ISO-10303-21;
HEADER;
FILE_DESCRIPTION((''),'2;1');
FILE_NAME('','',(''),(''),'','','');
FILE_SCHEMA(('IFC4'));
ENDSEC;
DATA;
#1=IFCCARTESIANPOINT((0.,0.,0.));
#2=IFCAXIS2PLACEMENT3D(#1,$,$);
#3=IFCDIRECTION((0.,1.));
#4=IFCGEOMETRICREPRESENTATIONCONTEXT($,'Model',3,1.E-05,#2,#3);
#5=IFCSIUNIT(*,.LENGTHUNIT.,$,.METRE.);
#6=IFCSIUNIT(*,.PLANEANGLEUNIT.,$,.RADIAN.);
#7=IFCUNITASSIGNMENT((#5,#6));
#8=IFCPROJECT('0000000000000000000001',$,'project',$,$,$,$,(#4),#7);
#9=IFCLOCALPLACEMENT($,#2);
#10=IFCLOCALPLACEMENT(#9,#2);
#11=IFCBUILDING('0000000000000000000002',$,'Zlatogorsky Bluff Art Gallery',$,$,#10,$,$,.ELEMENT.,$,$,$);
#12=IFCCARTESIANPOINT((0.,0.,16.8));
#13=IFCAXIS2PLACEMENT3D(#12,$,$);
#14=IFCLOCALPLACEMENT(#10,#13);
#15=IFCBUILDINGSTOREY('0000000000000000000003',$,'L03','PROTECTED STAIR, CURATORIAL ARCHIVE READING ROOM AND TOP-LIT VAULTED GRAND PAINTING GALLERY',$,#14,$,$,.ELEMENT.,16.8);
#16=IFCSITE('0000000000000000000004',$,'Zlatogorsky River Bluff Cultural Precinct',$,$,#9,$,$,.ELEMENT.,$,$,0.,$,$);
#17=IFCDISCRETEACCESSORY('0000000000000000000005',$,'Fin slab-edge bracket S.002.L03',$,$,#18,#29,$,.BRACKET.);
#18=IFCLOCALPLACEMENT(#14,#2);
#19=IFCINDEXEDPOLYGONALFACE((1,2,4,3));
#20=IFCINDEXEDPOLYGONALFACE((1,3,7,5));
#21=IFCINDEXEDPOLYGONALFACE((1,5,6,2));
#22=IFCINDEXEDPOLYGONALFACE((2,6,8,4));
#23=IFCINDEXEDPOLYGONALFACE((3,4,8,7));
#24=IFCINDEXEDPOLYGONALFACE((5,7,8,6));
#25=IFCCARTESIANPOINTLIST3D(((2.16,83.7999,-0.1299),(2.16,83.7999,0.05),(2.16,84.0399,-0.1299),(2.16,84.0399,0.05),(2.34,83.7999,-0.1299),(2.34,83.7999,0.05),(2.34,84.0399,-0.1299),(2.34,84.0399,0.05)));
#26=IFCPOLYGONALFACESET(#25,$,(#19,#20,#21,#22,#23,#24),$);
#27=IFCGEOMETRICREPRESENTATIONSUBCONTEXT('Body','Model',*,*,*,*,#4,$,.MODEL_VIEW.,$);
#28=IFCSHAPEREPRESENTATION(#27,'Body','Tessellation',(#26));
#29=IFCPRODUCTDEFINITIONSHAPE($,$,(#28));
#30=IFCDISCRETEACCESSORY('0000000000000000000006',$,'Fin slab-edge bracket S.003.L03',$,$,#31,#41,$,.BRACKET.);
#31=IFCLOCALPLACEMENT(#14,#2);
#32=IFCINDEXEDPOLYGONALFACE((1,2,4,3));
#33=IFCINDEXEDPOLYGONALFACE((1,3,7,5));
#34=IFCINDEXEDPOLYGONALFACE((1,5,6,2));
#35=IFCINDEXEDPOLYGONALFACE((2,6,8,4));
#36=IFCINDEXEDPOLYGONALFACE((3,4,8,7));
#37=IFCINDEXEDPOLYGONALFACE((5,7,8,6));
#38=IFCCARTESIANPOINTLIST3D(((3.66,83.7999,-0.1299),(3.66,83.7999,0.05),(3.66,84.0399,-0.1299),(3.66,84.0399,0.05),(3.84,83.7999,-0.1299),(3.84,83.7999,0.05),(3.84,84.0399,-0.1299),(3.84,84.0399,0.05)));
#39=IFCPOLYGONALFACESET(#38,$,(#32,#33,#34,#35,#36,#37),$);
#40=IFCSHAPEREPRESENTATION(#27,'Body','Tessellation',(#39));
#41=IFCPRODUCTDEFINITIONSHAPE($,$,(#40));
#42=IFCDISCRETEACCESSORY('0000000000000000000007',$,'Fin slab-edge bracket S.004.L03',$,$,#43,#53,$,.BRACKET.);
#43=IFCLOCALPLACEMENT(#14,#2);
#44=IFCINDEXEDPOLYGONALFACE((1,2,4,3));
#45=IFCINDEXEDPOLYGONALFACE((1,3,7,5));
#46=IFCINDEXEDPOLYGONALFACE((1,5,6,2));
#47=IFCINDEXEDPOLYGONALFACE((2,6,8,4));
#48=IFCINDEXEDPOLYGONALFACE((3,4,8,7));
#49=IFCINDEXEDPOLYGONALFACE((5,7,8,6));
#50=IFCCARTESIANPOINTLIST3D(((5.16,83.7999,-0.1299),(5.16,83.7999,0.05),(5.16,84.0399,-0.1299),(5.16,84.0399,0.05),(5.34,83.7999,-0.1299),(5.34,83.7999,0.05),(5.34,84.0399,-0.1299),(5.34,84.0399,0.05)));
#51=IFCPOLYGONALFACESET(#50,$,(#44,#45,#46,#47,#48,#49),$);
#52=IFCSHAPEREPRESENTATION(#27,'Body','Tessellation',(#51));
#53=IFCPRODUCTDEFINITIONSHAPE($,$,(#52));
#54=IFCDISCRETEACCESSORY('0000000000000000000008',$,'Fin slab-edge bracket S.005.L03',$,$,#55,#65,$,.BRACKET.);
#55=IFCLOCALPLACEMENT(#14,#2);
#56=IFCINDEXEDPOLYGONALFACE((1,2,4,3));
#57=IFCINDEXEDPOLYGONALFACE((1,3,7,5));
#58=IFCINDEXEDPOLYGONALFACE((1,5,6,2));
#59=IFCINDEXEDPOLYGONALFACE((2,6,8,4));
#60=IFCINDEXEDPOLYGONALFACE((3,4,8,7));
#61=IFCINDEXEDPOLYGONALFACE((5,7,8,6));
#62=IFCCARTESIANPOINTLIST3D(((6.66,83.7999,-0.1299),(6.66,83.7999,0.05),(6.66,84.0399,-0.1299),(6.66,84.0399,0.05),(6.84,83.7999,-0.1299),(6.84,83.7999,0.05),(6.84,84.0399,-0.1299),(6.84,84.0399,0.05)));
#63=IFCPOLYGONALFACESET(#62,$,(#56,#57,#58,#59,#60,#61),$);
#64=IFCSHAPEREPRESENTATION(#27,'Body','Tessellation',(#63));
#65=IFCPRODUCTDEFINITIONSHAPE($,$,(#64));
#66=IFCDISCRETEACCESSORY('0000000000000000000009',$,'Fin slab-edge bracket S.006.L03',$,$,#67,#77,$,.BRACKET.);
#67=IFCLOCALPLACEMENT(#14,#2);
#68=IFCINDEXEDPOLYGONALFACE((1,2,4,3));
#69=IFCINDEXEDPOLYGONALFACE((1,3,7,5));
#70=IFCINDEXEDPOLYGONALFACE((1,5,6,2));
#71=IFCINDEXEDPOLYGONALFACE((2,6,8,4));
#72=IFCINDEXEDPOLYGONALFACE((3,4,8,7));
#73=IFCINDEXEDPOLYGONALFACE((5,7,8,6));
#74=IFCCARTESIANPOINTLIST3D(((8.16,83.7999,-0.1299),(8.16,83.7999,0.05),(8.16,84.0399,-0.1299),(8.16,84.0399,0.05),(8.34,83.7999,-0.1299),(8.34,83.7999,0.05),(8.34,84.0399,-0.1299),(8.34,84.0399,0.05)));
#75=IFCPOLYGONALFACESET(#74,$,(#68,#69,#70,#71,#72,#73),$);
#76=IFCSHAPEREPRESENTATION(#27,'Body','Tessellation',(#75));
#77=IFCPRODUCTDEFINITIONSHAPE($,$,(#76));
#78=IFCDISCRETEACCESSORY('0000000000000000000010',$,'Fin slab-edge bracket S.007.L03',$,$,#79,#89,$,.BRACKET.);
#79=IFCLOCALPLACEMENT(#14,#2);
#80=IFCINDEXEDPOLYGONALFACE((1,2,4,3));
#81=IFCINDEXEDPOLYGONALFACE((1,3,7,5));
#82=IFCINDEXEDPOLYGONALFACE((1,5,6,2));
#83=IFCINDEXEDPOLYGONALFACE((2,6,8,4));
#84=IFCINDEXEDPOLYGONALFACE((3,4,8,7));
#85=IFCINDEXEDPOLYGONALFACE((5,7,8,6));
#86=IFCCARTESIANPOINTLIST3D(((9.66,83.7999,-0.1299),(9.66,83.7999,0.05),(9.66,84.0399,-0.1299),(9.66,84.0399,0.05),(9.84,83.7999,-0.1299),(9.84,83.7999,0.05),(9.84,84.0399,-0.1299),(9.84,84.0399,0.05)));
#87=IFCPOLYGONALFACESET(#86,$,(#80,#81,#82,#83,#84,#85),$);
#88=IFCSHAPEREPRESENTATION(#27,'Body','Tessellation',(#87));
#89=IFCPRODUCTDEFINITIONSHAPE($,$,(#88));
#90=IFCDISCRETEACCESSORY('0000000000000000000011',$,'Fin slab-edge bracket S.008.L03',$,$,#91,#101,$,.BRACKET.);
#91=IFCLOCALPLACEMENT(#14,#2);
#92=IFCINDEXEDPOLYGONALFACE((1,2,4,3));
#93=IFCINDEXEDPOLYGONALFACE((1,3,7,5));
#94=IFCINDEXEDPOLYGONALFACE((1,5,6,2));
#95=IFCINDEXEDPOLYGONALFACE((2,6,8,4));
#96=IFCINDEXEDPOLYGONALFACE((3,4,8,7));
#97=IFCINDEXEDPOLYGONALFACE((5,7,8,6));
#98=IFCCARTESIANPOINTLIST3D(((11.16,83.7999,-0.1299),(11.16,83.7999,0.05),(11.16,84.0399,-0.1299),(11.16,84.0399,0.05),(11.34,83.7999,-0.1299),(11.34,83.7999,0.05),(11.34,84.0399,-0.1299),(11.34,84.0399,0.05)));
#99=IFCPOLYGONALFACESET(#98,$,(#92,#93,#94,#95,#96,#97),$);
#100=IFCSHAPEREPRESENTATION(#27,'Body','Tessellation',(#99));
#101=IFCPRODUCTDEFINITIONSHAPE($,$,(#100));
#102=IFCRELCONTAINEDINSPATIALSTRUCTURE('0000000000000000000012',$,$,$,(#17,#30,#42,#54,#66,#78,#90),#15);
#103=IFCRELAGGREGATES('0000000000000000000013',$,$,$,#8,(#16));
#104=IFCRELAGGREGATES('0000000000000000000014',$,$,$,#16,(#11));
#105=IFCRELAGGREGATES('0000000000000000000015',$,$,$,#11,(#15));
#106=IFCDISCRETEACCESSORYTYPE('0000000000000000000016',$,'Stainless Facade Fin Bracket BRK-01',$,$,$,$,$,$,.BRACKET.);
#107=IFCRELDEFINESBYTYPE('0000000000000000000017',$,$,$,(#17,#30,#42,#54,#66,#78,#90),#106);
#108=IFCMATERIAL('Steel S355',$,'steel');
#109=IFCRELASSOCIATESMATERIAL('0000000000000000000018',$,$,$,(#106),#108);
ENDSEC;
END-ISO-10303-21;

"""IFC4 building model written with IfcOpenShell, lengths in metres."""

from ifc_helpers import new_model, si_unit, direction, frame, origin, origin_2d, place, context, subcontext, project, spatial, rectangle, extrude, material, type_object, element, save


model = new_model("IFC4")

# Units and contexts
model_context = context("Model", 3, precision=1e-05, world=origin(), true_north=direction((0.0, 1.0)))
body_context = subcontext(model_context, "Body", "Model", "MODEL_VIEW")
ifc_project = project(units=[si_unit("LENGTHUNIT", "METRE"), si_unit("PLANEANGLEUNIT", "RADIAN")], contexts=[model_context])

# Site, building, storey
site_placement = place(None, origin())
site = spatial("IfcSite", under=ifc_project, at=site_placement, Name="Zlatogorsky River Bluff Cultural Precinct", CompositionType="ELEMENT", RefElevation=0.0)
building_placement = place(site_placement, origin())
building = spatial("IfcBuilding", under=site, at=building_placement, Name="Zlatogorsky Bluff Art Gallery", CompositionType="ELEMENT")
storey_placement = place(building_placement, frame((0.0, 0.0, 16.8)))
storey = spatial("IfcBuildingStorey", under=building, at=storey_placement, Name="L03", Description="PROTECTED STAIR, CURATORIAL ARCHIVE READING ROOM AND TOP-LIT VAULTED GRAND PAINTING GALLERY", CompositionType="ELEMENT", Elevation=16.8)

# Discrete accessories
ifc_material_1 = material(Name="Steel S355", Category="steel")
discrete_accessory_type = type_object("IfcDiscreteAccessoryType", Name="Stainless Facade Fin Bracket BRK-01", PredefinedType="BRACKET", material=ifc_material_1)
for number, where, z_axis, x_axis, name in (
    (1, (2.25, 83.9199, -0.1299), (0.0, 0.0, 1.0), (1.0, 0.0, 0.0), "Fin slab-edge bracket S.002.L03"),
    (2, (3.75, 83.9199, -0.1299), (0.0, 0.0, 1.0), (1.0, 0.0, 0.0), "Fin slab-edge bracket S.003.L03"),
    (3, (5.25, 83.9199, -0.1299), (0.0, 0.0, 1.0), (1.0, 0.0, 0.0), "Fin slab-edge bracket S.004.L03"),
    (4, (6.75, 83.9199, -0.1299), (0.0, 0.0, 1.0), (1.0, 0.0, 0.0), "Fin slab-edge bracket S.005.L03"),
    (5, (8.25, 83.9199, -0.1299), (0.0, 0.0, 1.0), (1.0, 0.0, 0.0), "Fin slab-edge bracket S.006.L03"),
    (6, (9.75, 83.9199, -0.1299), (0.0, 0.0, 1.0), (1.0, 0.0, 0.0), "Fin slab-edge bracket S.007.L03"),
    (7, (11.25, 83.9199, -0.1299), (0.0, 0.0, 1.0), (1.0, 0.0, 0.0), "Fin slab-edge bracket S.008.L03"),
):
    element("IfcDiscreteAccessory", number, at=place(storey_placement, frame(where, z_axis=z_axis, x_axis=x_axis)), inside=storey, type_object=discrete_accessory_type, Name=name, PredefinedType="BRACKET", context=body_context, shape_type="SweptSolid", body=[
        extrude(rectangle(XDim=0.1799, YDim=0.24, at=origin_2d()), origin(), (0.0, 0.0, 1.0), 0.1799),
    ])

save(model, "model.ifc")
